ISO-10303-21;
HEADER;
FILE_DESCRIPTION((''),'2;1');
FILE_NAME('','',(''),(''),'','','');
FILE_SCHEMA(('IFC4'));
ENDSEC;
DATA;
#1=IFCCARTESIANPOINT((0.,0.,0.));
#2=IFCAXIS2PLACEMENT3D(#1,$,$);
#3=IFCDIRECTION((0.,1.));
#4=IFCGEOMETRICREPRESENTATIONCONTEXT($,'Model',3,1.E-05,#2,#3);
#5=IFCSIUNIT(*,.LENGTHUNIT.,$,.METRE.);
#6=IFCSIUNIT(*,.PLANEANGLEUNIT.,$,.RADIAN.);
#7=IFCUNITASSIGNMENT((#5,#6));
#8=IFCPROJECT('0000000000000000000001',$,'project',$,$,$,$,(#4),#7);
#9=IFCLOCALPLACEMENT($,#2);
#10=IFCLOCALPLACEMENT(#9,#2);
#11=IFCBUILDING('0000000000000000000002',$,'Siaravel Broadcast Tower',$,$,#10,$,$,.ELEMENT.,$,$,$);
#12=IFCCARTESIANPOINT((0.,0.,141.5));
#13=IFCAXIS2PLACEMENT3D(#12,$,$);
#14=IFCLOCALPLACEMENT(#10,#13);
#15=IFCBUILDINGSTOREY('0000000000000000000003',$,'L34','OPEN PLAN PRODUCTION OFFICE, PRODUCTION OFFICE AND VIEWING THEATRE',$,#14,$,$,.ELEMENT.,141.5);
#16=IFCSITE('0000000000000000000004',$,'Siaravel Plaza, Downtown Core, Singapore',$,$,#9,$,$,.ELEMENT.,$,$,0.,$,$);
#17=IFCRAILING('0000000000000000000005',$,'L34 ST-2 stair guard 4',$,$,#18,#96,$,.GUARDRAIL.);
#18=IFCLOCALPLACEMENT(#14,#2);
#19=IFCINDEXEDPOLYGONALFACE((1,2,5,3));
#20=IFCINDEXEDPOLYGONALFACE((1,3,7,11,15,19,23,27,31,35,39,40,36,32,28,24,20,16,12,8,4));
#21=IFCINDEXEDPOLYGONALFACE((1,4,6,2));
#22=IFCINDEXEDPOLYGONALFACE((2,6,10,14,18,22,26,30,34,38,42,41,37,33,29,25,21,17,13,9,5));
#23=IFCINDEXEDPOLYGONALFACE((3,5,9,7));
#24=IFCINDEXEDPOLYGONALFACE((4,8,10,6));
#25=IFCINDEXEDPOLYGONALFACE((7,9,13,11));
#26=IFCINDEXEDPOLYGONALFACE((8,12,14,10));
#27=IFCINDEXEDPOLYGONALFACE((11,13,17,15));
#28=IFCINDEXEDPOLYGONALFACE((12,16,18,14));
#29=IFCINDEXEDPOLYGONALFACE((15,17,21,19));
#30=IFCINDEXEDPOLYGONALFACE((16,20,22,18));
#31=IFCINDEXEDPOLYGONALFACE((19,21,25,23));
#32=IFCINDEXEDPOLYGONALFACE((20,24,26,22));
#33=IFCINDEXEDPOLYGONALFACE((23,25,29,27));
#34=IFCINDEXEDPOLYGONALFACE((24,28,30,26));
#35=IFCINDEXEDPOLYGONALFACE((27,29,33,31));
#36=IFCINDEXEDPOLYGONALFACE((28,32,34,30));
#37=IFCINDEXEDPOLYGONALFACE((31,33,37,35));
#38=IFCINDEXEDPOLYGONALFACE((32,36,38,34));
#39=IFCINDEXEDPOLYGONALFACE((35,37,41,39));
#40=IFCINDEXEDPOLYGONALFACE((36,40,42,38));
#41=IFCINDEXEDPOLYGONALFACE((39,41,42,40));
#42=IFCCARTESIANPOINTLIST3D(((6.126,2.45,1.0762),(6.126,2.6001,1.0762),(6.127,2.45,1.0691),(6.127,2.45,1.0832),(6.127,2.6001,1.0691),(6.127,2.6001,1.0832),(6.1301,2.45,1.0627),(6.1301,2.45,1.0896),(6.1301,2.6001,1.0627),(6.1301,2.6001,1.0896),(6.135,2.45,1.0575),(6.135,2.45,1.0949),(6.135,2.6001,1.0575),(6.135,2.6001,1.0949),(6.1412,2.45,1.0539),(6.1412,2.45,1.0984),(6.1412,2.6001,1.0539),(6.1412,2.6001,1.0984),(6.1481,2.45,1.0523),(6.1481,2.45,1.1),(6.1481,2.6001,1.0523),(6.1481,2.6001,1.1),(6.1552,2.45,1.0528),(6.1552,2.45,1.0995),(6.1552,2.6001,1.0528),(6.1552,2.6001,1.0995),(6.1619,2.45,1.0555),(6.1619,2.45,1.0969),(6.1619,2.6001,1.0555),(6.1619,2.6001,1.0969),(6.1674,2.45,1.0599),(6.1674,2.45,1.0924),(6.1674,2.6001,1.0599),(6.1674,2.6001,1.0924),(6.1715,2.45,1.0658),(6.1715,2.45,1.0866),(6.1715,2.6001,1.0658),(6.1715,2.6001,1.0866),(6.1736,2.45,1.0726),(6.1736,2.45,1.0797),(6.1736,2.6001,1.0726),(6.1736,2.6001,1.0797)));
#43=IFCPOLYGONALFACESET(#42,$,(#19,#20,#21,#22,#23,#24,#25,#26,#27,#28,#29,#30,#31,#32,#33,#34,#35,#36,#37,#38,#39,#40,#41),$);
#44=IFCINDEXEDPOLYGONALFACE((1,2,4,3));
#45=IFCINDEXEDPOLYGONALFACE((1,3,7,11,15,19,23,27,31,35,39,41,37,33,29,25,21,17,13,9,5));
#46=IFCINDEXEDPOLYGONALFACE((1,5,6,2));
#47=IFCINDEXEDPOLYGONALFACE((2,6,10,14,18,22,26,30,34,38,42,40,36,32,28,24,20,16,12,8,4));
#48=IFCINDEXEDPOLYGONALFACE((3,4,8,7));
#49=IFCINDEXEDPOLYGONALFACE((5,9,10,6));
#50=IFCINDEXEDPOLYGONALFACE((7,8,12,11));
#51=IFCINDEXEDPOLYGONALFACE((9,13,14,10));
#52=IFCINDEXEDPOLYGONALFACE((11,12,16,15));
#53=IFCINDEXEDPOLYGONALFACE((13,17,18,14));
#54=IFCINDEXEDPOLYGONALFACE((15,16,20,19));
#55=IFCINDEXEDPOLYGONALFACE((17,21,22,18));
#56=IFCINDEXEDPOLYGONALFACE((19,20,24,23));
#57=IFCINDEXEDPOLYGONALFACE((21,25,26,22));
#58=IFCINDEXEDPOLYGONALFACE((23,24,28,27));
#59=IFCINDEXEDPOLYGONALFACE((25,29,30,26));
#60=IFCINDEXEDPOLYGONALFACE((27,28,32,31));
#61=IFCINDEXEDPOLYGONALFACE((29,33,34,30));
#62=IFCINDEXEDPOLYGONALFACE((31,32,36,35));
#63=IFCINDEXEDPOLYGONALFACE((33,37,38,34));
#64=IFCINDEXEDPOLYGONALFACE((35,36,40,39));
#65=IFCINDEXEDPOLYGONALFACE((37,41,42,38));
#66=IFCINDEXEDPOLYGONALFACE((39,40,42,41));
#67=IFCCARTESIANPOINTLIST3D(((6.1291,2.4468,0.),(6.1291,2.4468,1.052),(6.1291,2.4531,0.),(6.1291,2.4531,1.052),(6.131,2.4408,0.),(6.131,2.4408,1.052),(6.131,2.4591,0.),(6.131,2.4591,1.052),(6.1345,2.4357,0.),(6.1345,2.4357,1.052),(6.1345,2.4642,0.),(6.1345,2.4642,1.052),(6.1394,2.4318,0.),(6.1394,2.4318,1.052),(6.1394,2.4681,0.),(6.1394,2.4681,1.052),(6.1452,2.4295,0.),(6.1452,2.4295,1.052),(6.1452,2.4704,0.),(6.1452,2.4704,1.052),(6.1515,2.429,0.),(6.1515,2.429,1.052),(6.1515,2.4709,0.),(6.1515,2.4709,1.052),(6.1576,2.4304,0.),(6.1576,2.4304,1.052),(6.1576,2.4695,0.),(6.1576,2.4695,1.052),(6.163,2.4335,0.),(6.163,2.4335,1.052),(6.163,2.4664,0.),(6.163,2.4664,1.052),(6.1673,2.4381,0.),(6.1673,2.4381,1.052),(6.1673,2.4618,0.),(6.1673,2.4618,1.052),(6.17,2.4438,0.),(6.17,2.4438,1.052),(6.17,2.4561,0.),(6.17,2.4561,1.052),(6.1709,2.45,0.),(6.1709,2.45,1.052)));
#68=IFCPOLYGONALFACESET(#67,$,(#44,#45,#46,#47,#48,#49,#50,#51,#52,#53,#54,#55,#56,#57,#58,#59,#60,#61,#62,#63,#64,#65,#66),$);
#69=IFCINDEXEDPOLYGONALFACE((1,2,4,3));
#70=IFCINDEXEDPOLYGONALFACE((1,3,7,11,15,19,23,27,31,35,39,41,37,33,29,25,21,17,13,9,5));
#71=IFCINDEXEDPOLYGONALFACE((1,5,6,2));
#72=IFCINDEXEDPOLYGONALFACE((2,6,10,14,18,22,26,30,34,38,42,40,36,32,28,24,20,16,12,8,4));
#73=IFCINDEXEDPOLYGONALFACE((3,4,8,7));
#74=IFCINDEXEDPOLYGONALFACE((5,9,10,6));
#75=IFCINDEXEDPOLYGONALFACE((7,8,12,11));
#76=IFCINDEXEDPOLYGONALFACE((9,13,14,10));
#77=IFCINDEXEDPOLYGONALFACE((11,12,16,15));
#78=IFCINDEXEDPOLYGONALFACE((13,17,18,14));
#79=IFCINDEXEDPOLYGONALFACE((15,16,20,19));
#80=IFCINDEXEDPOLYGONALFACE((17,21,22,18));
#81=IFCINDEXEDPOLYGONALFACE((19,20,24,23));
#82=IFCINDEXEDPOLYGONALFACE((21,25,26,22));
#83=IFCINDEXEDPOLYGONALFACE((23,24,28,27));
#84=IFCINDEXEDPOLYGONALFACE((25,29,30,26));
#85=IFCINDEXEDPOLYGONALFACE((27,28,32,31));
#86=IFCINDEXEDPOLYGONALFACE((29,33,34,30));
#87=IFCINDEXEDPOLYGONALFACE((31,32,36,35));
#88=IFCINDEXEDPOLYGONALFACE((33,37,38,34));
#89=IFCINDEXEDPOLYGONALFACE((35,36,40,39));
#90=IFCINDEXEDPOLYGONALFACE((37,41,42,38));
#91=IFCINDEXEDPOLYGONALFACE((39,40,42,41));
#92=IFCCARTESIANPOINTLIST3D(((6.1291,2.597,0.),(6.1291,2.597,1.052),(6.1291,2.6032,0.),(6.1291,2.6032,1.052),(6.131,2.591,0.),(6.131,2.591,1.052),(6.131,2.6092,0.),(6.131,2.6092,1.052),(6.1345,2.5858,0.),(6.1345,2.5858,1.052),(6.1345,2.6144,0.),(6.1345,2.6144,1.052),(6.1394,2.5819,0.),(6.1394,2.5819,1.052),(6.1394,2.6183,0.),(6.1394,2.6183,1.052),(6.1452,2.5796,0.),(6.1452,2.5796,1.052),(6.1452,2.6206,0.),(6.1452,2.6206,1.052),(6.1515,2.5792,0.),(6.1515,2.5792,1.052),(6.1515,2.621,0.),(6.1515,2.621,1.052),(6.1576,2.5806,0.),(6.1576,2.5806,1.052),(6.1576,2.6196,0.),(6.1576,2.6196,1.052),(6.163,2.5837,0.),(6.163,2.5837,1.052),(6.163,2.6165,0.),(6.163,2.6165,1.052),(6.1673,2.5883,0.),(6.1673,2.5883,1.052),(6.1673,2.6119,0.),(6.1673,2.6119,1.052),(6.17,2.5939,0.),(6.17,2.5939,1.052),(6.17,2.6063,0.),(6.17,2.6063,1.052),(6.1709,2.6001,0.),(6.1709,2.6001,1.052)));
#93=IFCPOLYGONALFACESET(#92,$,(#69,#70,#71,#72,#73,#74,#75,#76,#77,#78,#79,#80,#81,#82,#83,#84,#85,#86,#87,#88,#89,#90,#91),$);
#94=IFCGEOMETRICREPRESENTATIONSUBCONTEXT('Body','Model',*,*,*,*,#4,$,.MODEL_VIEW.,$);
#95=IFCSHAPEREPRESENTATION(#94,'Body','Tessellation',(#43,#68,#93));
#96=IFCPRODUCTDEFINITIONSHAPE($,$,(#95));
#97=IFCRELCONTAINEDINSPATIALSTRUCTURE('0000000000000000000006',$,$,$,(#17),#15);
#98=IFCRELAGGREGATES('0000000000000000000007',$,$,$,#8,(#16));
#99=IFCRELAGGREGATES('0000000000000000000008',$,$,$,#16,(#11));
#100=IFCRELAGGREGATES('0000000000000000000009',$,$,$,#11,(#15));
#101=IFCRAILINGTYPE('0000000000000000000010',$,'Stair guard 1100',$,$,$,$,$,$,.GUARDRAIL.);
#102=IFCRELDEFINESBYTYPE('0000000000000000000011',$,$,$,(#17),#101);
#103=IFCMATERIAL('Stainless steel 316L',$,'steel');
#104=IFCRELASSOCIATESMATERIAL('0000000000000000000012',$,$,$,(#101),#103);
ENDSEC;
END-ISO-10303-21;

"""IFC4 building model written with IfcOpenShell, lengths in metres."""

from ifc_helpers import new_model, si_unit, direction, frame, origin, origin_2d, place, context, subcontext, project, spatial, circle, extrude, material, type_object, element, save


model = new_model("IFC4")

# Units and contexts
model_context = context("Model", 3, precision=1e-05, world=origin(), true_north=direction((0.0, 1.0)))
body_context = subcontext(model_context, "Body", "Model", "MODEL_VIEW")
ifc_project = project(units=[si_unit("LENGTHUNIT", "METRE"), si_unit("PLANEANGLEUNIT", "RADIAN")], contexts=[model_context])

# Site, building, storey
site_placement = place(None, origin())
site = spatial("IfcSite", under=ifc_project, at=site_placement, Name="Siaravel Plaza, Downtown Core, Singapore", CompositionType="ELEMENT", RefElevation=0.0)
building_placement = place(site_placement, origin())
building = spatial("IfcBuilding", under=site, at=building_placement, Name="Siaravel Broadcast Tower", CompositionType="ELEMENT")
storey_placement = place(building_placement, frame((0.0, 0.0, 141.5)))
storey = spatial("IfcBuildingStorey", under=building, at=storey_placement, Name="L34", Description="OPEN PLAN PRODUCTION OFFICE, PRODUCTION OFFICE AND VIEWING THEATRE", CompositionType="ELEMENT", Elevation=141.5)

# Railing
ifc_material_1 = material(Name="Stainless steel 316L", Category="steel")
railing_type_1 = type_object("IfcRailingType", Name="Stair guard 1100", PredefinedType="GUARDRAIL", material=ifc_material_1)
railing_1_placement = place(storey_placement, frame((6.1499, 2.45, 0.0)))
element("IfcRailing", 1, at=railing_1_placement, inside=storey, type_object=railing_type_1, Name="L34 ST-2 stair guard 4", PredefinedType="GUARDRAIL", context=body_context, shape_type="SweptSolid", body=[
    extrude(circle(Radius=0.0239, at=origin_2d()), frame((0.0, 0.0, 1.0762), z_axis=(0.0, 1.0, 0.0), x_axis=(-1.0, 0.0, 0.0)), (0.0, 0.0, 1.0), 0.1501),
    extrude(circle(Radius=0.021, at=origin_2d()), origin(), (0.0, 0.0, 1.0), 1.052),
    extrude(circle(Radius=0.021, at=origin_2d()), frame((0.0, 0.1501, 0.0)), (0.0, 0.0, 1.0), 1.052),
])

save(model, "model.ifc")
